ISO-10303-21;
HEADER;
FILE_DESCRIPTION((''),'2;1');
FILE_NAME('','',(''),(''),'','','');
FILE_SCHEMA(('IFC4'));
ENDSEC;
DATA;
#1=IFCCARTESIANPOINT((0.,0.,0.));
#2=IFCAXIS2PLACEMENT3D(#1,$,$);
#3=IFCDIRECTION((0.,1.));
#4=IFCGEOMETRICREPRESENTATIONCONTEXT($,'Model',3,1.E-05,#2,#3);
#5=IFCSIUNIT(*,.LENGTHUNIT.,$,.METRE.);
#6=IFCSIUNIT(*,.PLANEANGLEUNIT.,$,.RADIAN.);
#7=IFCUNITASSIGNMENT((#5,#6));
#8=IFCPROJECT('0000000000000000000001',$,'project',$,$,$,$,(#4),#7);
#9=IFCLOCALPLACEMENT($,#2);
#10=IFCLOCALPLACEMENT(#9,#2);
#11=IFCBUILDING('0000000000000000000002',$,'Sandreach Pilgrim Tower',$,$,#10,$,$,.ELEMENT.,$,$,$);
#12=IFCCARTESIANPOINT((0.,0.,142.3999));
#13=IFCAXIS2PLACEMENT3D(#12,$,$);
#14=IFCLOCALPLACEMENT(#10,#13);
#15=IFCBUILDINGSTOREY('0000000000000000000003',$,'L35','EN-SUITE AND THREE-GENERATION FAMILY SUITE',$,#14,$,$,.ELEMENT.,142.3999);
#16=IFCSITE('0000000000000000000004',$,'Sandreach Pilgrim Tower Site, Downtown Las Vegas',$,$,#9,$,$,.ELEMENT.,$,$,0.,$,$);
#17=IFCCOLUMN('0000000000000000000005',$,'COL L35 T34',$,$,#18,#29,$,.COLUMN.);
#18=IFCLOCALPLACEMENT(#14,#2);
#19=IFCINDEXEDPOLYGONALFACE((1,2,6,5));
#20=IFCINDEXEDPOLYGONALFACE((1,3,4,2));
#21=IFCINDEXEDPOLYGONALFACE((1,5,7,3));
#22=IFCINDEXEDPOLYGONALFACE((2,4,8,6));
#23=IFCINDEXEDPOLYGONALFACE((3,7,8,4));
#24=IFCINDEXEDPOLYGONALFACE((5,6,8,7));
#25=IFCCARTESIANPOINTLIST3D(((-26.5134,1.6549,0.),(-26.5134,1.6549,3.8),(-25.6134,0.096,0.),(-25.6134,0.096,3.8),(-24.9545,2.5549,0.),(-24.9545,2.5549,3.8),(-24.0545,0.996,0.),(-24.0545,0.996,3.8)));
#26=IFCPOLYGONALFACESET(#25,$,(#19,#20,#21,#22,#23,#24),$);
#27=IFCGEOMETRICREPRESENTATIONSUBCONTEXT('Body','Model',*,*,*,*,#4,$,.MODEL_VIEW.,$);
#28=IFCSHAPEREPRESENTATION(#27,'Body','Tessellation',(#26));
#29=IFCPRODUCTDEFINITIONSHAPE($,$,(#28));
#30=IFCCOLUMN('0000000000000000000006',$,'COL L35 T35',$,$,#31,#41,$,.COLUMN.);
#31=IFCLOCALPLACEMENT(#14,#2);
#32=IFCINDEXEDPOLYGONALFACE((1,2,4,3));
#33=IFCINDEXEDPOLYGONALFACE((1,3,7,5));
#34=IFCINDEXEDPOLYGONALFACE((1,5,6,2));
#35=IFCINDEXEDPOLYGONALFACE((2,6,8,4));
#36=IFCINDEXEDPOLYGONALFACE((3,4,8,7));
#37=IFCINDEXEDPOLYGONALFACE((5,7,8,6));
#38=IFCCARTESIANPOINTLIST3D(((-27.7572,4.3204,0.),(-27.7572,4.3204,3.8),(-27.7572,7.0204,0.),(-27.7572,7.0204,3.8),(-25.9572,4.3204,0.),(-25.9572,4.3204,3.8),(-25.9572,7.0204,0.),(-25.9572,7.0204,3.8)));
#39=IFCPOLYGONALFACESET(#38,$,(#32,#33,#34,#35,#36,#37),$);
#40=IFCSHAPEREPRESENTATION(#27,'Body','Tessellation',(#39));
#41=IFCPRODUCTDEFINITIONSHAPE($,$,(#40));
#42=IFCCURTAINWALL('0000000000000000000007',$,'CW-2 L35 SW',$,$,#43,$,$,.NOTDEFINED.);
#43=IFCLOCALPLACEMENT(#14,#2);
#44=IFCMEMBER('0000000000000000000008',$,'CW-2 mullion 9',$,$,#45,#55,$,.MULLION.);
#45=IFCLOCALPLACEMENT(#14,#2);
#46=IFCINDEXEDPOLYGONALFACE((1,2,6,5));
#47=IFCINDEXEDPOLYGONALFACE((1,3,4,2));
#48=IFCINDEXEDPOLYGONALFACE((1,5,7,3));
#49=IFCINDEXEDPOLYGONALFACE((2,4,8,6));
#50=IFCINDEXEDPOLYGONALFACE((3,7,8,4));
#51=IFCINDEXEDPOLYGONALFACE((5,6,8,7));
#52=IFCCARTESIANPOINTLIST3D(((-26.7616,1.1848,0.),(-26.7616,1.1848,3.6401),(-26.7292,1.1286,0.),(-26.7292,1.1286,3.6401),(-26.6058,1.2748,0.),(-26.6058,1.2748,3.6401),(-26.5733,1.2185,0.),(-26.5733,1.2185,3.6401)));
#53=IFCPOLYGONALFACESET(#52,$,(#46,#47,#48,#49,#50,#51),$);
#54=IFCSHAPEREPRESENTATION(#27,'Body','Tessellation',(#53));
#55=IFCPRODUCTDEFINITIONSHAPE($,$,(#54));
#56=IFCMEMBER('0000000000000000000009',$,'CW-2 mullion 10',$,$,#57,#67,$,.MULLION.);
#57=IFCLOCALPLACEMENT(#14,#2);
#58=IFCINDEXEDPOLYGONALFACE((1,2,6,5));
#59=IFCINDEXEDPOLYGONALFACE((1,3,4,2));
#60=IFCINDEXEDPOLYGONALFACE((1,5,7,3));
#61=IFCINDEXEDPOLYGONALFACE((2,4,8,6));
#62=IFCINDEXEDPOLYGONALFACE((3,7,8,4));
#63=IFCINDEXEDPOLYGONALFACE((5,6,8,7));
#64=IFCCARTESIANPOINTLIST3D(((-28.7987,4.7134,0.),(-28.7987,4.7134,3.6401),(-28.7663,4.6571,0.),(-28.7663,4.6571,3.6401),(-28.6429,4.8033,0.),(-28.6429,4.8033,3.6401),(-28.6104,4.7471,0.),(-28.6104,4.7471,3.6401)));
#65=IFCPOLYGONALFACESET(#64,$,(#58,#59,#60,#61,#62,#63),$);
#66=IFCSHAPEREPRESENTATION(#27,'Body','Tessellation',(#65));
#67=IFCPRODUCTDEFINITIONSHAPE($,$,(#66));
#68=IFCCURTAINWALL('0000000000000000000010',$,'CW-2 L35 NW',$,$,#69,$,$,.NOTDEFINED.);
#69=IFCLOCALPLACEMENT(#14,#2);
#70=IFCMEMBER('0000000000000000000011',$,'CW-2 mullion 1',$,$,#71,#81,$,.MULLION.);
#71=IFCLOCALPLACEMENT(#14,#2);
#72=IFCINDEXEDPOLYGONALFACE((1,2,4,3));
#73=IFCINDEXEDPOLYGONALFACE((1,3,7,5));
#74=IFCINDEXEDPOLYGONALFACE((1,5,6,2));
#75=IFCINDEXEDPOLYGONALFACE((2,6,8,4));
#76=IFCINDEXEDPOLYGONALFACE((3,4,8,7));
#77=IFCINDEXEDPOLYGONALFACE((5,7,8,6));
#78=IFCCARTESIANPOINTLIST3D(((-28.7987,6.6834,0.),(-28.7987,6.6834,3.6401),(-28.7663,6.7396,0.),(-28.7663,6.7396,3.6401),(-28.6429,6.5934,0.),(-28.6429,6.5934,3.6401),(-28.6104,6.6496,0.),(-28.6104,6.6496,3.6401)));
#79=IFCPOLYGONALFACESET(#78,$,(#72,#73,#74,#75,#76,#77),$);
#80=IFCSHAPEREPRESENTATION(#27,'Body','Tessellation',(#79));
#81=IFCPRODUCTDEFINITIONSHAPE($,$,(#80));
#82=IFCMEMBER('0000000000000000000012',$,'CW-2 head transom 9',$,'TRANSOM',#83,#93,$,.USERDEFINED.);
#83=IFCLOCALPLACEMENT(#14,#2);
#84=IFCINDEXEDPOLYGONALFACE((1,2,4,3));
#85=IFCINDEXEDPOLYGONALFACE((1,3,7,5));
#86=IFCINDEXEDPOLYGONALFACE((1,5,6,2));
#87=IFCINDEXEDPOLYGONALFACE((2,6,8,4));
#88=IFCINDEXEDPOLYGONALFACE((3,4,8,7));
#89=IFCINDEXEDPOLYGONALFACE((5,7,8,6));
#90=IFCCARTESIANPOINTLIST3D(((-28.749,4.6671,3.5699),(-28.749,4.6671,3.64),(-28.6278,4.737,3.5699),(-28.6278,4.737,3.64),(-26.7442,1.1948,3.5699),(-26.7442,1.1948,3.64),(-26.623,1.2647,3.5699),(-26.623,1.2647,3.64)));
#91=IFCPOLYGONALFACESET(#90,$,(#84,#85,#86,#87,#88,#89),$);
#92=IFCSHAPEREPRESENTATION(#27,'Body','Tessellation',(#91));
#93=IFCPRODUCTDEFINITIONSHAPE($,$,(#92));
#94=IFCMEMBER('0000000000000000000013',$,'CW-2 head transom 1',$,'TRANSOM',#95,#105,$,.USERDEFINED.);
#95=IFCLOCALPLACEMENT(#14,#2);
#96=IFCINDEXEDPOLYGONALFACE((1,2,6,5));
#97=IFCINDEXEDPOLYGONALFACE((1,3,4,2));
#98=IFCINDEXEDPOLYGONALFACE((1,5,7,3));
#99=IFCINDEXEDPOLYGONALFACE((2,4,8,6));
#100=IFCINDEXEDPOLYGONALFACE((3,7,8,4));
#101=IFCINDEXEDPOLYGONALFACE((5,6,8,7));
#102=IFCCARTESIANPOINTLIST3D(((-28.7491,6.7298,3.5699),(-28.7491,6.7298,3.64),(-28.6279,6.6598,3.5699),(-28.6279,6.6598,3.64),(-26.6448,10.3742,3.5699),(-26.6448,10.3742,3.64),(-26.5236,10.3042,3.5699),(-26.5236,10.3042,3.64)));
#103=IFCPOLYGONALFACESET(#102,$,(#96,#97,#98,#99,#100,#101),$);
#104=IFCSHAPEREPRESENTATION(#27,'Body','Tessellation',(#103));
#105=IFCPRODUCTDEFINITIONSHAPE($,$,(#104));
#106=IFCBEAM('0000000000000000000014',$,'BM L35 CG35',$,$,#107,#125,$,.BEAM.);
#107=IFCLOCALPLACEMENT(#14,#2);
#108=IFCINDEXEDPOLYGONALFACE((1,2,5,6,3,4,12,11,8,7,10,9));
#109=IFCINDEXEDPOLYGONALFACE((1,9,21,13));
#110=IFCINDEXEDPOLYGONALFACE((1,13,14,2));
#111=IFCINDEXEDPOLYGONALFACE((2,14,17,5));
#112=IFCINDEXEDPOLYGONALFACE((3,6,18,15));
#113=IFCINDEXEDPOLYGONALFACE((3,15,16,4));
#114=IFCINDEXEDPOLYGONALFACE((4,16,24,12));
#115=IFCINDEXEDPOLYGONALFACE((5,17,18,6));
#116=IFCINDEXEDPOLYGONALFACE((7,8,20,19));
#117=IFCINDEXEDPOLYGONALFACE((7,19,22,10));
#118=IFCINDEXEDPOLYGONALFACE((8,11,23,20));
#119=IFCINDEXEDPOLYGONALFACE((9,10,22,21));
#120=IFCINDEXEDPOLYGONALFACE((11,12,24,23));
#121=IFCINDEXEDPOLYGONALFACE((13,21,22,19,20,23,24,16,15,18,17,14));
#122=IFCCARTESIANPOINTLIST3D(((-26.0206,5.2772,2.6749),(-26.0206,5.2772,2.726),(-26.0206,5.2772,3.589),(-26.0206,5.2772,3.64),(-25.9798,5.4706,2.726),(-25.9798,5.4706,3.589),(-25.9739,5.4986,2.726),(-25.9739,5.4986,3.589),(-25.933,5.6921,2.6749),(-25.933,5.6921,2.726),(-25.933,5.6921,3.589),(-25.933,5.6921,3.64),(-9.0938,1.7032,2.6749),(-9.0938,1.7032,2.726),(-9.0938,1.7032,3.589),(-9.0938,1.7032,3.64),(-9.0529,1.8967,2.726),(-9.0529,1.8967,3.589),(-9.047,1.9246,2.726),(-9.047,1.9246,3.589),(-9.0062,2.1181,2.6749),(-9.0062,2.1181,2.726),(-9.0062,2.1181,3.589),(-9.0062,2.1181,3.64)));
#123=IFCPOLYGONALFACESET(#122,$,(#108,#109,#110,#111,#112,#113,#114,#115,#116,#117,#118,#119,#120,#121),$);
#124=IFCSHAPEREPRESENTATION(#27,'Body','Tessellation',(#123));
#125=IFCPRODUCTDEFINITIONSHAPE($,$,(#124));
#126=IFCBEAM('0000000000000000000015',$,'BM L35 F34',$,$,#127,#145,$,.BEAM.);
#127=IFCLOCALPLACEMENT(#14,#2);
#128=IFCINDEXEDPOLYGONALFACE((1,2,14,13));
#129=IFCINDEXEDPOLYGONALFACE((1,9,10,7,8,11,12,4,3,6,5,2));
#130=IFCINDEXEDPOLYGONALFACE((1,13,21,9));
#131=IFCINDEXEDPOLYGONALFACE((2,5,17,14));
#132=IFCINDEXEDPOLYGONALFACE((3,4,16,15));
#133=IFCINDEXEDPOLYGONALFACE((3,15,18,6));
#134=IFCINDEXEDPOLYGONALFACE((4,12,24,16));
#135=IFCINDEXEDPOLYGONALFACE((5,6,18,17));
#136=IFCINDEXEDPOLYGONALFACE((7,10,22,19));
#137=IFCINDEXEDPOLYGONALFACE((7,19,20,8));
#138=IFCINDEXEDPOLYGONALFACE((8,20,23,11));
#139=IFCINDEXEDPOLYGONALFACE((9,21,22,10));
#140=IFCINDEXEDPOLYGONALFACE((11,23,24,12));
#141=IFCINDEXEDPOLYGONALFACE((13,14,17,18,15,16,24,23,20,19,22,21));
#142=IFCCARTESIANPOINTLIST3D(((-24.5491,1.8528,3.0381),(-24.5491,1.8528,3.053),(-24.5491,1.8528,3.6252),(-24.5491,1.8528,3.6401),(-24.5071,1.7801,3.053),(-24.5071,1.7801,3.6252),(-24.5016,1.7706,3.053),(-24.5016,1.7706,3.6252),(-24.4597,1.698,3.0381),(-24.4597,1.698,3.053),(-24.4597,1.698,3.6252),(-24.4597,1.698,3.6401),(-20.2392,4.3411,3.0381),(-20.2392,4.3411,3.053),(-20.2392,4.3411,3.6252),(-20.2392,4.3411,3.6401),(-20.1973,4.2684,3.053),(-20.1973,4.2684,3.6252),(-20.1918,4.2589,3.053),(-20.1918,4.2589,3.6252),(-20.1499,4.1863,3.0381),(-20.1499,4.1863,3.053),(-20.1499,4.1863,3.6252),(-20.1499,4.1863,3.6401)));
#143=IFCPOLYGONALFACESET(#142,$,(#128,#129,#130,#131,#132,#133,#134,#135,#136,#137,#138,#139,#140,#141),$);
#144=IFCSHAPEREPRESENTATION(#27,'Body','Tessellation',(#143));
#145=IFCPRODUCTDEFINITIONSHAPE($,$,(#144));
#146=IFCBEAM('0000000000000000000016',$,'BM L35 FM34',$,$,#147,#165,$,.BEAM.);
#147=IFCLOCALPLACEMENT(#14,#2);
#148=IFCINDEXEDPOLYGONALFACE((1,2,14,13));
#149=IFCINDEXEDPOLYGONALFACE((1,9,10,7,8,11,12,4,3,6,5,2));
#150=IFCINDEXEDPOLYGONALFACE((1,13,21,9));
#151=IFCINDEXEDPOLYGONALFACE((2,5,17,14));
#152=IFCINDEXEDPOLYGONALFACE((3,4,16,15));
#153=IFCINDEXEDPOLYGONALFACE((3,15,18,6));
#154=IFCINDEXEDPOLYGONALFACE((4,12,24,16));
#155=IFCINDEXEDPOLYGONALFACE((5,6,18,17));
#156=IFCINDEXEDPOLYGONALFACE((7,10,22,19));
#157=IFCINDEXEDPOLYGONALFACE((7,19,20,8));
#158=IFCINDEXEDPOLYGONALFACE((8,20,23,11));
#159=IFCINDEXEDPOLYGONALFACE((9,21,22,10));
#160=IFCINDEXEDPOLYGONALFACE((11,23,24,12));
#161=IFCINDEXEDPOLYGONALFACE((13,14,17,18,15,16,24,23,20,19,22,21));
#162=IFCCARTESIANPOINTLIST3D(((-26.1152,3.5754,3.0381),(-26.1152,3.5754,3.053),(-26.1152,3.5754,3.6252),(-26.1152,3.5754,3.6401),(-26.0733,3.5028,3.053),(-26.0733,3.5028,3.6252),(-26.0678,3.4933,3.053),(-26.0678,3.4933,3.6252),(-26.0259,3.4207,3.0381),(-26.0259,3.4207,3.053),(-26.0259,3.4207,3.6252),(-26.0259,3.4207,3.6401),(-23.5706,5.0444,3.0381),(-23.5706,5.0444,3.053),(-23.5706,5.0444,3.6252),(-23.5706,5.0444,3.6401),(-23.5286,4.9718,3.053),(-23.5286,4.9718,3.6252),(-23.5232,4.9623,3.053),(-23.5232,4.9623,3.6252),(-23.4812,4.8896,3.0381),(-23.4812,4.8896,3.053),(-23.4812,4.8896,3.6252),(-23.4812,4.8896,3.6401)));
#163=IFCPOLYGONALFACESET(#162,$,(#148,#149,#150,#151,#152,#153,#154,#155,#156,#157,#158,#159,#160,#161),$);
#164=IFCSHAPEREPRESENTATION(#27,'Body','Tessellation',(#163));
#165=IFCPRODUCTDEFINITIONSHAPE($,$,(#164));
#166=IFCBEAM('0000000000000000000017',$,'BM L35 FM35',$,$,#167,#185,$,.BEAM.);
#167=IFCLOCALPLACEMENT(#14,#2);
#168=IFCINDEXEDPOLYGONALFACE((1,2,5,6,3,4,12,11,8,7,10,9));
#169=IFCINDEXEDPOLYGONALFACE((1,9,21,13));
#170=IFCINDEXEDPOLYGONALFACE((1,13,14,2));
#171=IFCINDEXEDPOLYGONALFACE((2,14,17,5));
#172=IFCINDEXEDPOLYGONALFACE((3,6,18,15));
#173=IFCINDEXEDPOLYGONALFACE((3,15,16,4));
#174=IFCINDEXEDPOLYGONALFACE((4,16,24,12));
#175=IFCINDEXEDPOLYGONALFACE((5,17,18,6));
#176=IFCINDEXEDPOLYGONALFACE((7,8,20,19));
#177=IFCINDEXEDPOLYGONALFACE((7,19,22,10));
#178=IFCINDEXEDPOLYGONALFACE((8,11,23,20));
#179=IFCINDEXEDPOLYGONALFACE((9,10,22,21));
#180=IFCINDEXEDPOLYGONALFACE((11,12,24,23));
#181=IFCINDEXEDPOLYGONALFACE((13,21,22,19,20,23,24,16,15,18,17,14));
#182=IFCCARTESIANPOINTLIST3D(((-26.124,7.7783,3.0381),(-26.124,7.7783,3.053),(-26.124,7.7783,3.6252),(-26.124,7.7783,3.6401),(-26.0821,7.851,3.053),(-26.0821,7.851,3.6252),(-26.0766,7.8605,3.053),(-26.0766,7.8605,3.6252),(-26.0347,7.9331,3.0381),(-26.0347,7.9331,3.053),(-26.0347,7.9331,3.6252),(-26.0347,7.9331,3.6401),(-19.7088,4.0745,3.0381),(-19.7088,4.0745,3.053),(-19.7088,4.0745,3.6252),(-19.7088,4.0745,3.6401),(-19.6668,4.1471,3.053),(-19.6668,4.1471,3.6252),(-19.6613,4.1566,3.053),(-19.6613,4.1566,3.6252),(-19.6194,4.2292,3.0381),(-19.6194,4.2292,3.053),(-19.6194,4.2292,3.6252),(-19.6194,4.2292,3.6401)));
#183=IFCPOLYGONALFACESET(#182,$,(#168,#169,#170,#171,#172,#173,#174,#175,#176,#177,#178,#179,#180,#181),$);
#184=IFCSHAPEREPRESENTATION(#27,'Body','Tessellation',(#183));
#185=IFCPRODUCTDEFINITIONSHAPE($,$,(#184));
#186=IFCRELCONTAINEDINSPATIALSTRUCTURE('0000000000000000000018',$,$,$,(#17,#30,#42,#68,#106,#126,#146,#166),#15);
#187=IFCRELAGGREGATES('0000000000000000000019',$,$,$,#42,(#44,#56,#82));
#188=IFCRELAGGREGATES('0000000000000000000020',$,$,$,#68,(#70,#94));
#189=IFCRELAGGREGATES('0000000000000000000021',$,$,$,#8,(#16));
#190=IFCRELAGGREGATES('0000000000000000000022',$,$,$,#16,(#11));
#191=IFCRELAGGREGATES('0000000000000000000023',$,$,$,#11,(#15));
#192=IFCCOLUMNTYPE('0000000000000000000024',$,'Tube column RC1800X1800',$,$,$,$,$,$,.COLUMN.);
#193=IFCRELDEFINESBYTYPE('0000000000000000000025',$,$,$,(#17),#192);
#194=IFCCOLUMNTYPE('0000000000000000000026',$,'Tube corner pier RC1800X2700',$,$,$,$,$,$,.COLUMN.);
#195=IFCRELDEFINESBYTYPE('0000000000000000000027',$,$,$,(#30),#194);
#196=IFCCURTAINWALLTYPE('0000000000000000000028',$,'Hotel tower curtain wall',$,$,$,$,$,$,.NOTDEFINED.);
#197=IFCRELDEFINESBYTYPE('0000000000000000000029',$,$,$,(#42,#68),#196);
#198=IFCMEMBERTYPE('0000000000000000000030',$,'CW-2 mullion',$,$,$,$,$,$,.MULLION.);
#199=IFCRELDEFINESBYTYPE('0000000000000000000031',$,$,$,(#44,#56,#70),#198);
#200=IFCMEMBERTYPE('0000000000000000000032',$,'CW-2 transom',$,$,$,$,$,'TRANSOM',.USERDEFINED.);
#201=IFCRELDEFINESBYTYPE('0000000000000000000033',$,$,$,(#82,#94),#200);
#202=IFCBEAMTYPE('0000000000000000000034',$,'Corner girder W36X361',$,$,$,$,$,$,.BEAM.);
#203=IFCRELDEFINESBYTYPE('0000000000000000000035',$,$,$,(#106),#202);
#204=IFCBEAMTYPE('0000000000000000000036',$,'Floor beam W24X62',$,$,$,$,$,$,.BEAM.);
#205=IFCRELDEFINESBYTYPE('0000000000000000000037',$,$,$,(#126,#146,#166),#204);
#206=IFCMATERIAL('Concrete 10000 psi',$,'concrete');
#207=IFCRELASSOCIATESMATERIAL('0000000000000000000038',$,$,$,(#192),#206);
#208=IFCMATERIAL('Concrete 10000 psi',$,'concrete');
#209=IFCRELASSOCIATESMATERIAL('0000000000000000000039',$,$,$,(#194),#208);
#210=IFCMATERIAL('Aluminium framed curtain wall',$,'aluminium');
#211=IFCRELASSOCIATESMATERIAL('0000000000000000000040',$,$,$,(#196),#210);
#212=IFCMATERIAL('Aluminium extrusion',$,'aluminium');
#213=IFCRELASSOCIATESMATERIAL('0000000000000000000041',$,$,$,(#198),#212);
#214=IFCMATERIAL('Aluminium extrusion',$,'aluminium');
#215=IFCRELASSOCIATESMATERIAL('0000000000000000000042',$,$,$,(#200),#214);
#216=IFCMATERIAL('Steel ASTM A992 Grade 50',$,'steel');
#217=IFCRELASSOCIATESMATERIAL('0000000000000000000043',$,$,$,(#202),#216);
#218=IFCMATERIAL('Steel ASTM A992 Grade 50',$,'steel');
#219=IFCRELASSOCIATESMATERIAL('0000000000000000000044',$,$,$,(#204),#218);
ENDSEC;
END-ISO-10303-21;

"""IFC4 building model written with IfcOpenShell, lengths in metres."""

from ifc_helpers import new_model, si_unit, direction, frame, origin, origin_2d, place, context, subcontext, project, spatial, rectangle, i_section, extrude, material, material_profile, profile_set, type_object, element, aggregate, save


model = new_model("IFC4")

# Units and contexts
model_context = context("Model", 3, precision=1e-05, world=origin(), true_north=direction((0.0, 1.0)))
body_context = subcontext(model_context, "Body", "Model", "MODEL_VIEW")
ifc_project = project(units=[si_unit("LENGTHUNIT", "METRE"), si_unit("PLANEANGLEUNIT", "RADIAN")], contexts=[model_context])

# Site, building, storey
site_placement = place(None, origin())
site = spatial("IfcSite", under=ifc_project, at=site_placement, Name="Sandreach Pilgrim Tower Site, Downtown Las Vegas", CompositionType="ELEMENT", RefElevation=0.0)
building_placement = place(site_placement, origin())
building = spatial("IfcBuilding", under=site, at=building_placement, Name="Sandreach Pilgrim Tower", CompositionType="ELEMENT")
storey_placement = place(building_placement, frame((0.0, 0.0, 142.3999)))
storey = spatial("IfcBuildingStorey", under=building, at=storey_placement, Name="L35", Description="EN-SUITE AND THREE-GENERATION FAMILY SUITE", CompositionType="ELEMENT", Elevation=142.3999)

# Columns
ifc_material_1 = material(Name="Concrete 10000 psi", Category="concrete")
ifc_material_profile_1 = material_profile(ifc_material_1, rectangle(XDim=1.8, YDim=1.8, at=origin_2d()), Name="RC1800X1800")
ifc_profile_set_1 = profile_set([ifc_material_profile_1], Name="Concrete 10000 psi")
column_type_1 = type_object("IfcColumnType", Name="Tube column RC1800X1800", PredefinedType="COLUMN", material=ifc_profile_set_1)
column_1_placement = place(storey_placement, frame((-25.2839, 1.3254, 0.0), z_axis=(0.0, 0.0, 1.0), x_axis=(-0.866025, -0.5, 0.0)))
element("IfcColumn", 1, at=column_1_placement, inside=storey, type_object=column_type_1, Name="COL L35 T34", PredefinedType="COLUMN", context=body_context, shape_type="SweptSolid", body=[
    extrude(rectangle(XDim=1.8, YDim=1.8, at=origin_2d()), origin(), (0.0, 0.0, 1.0), 3.8),
])
ifc_material_2 = material(Name="Concrete 10000 psi", Category="concrete")
ifc_material_profile_2 = material_profile(ifc_material_2, rectangle(XDim=1.8, YDim=2.7, at=origin_2d()), Name="RC1800X2700")
ifc_profile_set_2 = profile_set([ifc_material_profile_2], Name="Concrete 10000 psi")
column_type_2 = type_object("IfcColumnType", Name="Tube corner pier RC1800X2700", PredefinedType="COLUMN", material=ifc_profile_set_2)
column_2_placement = place(storey_placement, frame((-26.8572, 5.6704, 0.0), z_axis=(0.0, 0.0, 1.0), x_axis=(-1.0, 0.0, 0.0)))
element("IfcColumn", 2, at=column_2_placement, inside=storey, type_object=column_type_2, Name="COL L35 T35", PredefinedType="COLUMN", context=body_context, shape_type="SweptSolid", body=[
    extrude(rectangle(XDim=1.8, YDim=2.7, at=origin_2d()), origin(), (0.0, 0.0, 1.0), 3.8),
])

# Curtain wall, members
ifc_material_3 = material(Name="Aluminium framed curtain wall", Category="aluminium")
curtain_wall_type = type_object("IfcCurtainWallType", Name="Hotel tower curtain wall", PredefinedType="NOTDEFINED", material=ifc_material_3)
curtain_wall_1_placement = place(storey_placement, origin())
curtain_wall_1 = element("IfcCurtainWall", 3, at=curtain_wall_1_placement, inside=storey, type_object=curtain_wall_type, Name="CW-2 L35 SW", PredefinedType="NOTDEFINED")
ifc_material_4 = material(Name="Aluminium extrusion", Category="aluminium")
ifc_material_profile_3 = material_profile(ifc_material_4, rectangle(XDim=0.0649, YDim=0.1799, at=origin_2d()), Name="CW-2M 65X180")
ifc_profile_set_3 = profile_set([ifc_material_profile_3], Name="Aluminium extrusion")
member_type_1 = type_object("IfcMemberType", Name="CW-2 mullion", PredefinedType="MULLION", material=ifc_profile_set_3)
member_1_placement = place(storey_placement, frame((-26.6675, 1.2017, 0.0), z_axis=(0.0, 0.0, 1.0), x_axis=(-0.5, 0.866025, 0.0)))
member_1 = element("IfcMember", 4, at=member_1_placement, type_object=member_type_1, Name="CW-2 mullion 9", PredefinedType="MULLION", context=body_context, shape_type="SweptSolid", body=[
    extrude(rectangle(XDim=0.0649, YDim=0.1799, at=origin_2d()), origin(), (0.0, 0.0, 1.0), 3.6401),
])
member_2_placement = place(storey_placement, frame((-28.7046, 4.7302, 0.0), z_axis=(0.0, 0.0, 1.0), x_axis=(-0.5, 0.866025, 0.0)))
member_2 = element("IfcMember", 5, at=member_2_placement, type_object=member_type_1, Name="CW-2 mullion 10", PredefinedType="MULLION", context=body_context, shape_type="SweptSolid", body=[
    extrude(rectangle(XDim=0.0649, YDim=0.1799, at=origin_2d()), origin(), (0.0, 0.0, 1.0), 3.6401),
])

# Curtain wall, member
curtain_wall_2_placement = place(storey_placement, origin())
curtain_wall_2 = element("IfcCurtainWall", 6, at=curtain_wall_2_placement, inside=storey, type_object=curtain_wall_type, Name="CW-2 L35 NW", PredefinedType="NOTDEFINED")
member_3_placement = place(storey_placement, frame((-28.7046, 6.6665, 0.0), z_axis=(0.0, 0.0, 1.0), x_axis=(0.5, 0.866025, 0.0)))
member_3 = element("IfcMember", 7, at=member_3_placement, type_object=member_type_1, Name="CW-2 mullion 1", PredefinedType="MULLION", context=body_context, shape_type="SweptSolid", body=[
    extrude(rectangle(XDim=0.0649, YDim=0.1799, at=origin_2d()), origin(), (0.0, 0.0, 1.0), 3.6401),
])

# Members
ifc_material_5 = material(Name="Aluminium extrusion", Category="aluminium")
ifc_material_profile_4 = material_profile(ifc_material_5, rectangle(XDim=0.1399, YDim=0.0701, at=origin_2d()), Name="CW-2T 140X70")
ifc_profile_set_4 = profile_set([ifc_material_profile_4], Name="Aluminium extrusion")
member_type_2 = type_object("IfcMemberType", Name="CW-2 transom", ElementType="TRANSOM", PredefinedType="USERDEFINED", material=ifc_profile_set_4)
member_4_placement = place(storey_placement, frame((-26.6836, 1.2297, 3.605), z_axis=(-0.500016, 0.866016, 0.0), x_axis=(-0.866016, -0.500016, 0.0)))
member_4 = element("IfcMember", 8, at=member_4_placement, type_object=member_type_2, Name="CW-2 head transom 9", ObjectType="TRANSOM", PredefinedType="USERDEFINED", context=body_context, shape_type="SweptSolid", body=[
    extrude(rectangle(XDim=0.1399, YDim=0.0701, at=origin_2d()), origin(), (0.0, 0.0, 1.0), 4.0095),
])
member_5_placement = place(storey_placement, frame((-28.6885, 6.6948, 3.605), z_axis=(0.500039, 0.866003, 0.0), x_axis=(-0.866003, 0.500039, 0.0)))
member_5 = element("IfcMember", 9, at=member_5_placement, type_object=member_type_2, Name="CW-2 head transom 1", ObjectType="TRANSOM", PredefinedType="USERDEFINED", context=body_context, shape_type="SweptSolid", body=[
    extrude(rectangle(XDim=0.1399, YDim=0.0701, at=origin_2d()), origin(), (0.0, 0.0, 1.0), 4.2083),
])

# Beams
ifc_material_6 = material(Name="Steel ASTM A992 Grade 50", Category="steel")
ifc_material_profile_5 = material_profile(ifc_material_6, i_section(OverallWidth=0.4241, OverallDepth=0.9651, WebThickness=0.0286, FlangeThickness=0.051, at=origin_2d()), Name="W36X361")
ifc_profile_set_5 = profile_set([ifc_material_profile_5], Name="Steel ASTM A992 Grade 50")
beam_type_1 = type_object("IfcBeamType", Name="Corner girder W36X361", PredefinedType="BEAM", material=ifc_profile_set_5)
beam_1_placement = place(storey_placement, frame((-25.9768, 5.4846, 3.1575), z_axis=(0.978428, -0.206589, 0.0), x_axis=(0.206589, 0.978428, 0.0)))
element("IfcBeam", 10, at=beam_1_placement, inside=storey, type_object=beam_type_1, Name="BM L35 CG35", PredefinedType="BEAM", context=body_context, shape_type="SweptSolid", body=[
    extrude(i_section(OverallWidth=0.4241, OverallDepth=0.9651, WebThickness=0.0286, FlangeThickness=0.051, at=origin_2d()), origin(), (0.0, 0.0, 1.0), 17.3),
])
ifc_material_7 = material(Name="Steel ASTM A992 Grade 50", Category="steel")
ifc_material_profile_6 = material_profile(ifc_material_7, i_section(OverallWidth=0.1787, OverallDepth=0.6021, WebThickness=0.011, FlangeThickness=0.0149, at=origin_2d()), Name="W24X62")
ifc_profile_set_6 = profile_set([ifc_material_profile_6], Name="Steel ASTM A992 Grade 50")
beam_type_2 = type_object("IfcBeamType", Name="Floor beam W24X62", PredefinedType="BEAM", material=ifc_profile_set_6)
beam_2_placement = place(storey_placement, frame((-24.5044, 1.7754, 3.3391), z_axis=(0.866025, 0.500001, 0.0), x_axis=(-0.500001, 0.866025, 0.0)))
element("IfcBeam", 11, at=beam_2_placement, inside=storey, type_object=beam_type_2, Name="BM L35 F34", PredefinedType="BEAM", context=body_context, shape_type="SweptSolid", body=[
    extrude(i_section(OverallWidth=0.1787, OverallDepth=0.6021, WebThickness=0.011, FlangeThickness=0.0149, at=origin_2d()), origin(), (0.0, 0.0, 1.0), 4.9766),
])
beam_3_placement = place(storey_placement, frame((-26.0706, 3.498, 3.3391), z_axis=(0.866051, 0.499955, 0.0), x_axis=(-0.499955, 0.866051, 0.0)))
element("IfcBeam", 12, at=beam_3_placement, inside=storey, type_object=beam_type_2, Name="BM L35 FM34", PredefinedType="BEAM", context=body_context, shape_type="SweptSolid", body=[
    extrude(i_section(OverallWidth=0.1787, OverallDepth=0.6021, WebThickness=0.011, FlangeThickness=0.0149, at=origin_2d()), origin(), (0.0, 0.0, 1.0), 2.9382),
])
beam_4_placement = place(storey_placement, frame((-26.0793, 7.8557, 3.3391), z_axis=(0.866026, -0.499999, 0.0), x_axis=(0.499999, 0.866026, 0.0)))
element("IfcBeam", 13, at=beam_4_placement, inside=storey, type_object=beam_type_2, Name="BM L35 FM35", PredefinedType="BEAM", context=body_context, shape_type="SweptSolid", body=[
    extrude(i_section(OverallWidth=0.1787, OverallDepth=0.6021, WebThickness=0.011, FlangeThickness=0.0149, at=origin_2d()), origin(), (0.0, 0.0, 1.0), 7.4077),
])

aggregate(curtain_wall_1, [member_1, member_2, member_4])
aggregate(curtain_wall_2, [member_3, member_5])

save(model, "model.ifc")
